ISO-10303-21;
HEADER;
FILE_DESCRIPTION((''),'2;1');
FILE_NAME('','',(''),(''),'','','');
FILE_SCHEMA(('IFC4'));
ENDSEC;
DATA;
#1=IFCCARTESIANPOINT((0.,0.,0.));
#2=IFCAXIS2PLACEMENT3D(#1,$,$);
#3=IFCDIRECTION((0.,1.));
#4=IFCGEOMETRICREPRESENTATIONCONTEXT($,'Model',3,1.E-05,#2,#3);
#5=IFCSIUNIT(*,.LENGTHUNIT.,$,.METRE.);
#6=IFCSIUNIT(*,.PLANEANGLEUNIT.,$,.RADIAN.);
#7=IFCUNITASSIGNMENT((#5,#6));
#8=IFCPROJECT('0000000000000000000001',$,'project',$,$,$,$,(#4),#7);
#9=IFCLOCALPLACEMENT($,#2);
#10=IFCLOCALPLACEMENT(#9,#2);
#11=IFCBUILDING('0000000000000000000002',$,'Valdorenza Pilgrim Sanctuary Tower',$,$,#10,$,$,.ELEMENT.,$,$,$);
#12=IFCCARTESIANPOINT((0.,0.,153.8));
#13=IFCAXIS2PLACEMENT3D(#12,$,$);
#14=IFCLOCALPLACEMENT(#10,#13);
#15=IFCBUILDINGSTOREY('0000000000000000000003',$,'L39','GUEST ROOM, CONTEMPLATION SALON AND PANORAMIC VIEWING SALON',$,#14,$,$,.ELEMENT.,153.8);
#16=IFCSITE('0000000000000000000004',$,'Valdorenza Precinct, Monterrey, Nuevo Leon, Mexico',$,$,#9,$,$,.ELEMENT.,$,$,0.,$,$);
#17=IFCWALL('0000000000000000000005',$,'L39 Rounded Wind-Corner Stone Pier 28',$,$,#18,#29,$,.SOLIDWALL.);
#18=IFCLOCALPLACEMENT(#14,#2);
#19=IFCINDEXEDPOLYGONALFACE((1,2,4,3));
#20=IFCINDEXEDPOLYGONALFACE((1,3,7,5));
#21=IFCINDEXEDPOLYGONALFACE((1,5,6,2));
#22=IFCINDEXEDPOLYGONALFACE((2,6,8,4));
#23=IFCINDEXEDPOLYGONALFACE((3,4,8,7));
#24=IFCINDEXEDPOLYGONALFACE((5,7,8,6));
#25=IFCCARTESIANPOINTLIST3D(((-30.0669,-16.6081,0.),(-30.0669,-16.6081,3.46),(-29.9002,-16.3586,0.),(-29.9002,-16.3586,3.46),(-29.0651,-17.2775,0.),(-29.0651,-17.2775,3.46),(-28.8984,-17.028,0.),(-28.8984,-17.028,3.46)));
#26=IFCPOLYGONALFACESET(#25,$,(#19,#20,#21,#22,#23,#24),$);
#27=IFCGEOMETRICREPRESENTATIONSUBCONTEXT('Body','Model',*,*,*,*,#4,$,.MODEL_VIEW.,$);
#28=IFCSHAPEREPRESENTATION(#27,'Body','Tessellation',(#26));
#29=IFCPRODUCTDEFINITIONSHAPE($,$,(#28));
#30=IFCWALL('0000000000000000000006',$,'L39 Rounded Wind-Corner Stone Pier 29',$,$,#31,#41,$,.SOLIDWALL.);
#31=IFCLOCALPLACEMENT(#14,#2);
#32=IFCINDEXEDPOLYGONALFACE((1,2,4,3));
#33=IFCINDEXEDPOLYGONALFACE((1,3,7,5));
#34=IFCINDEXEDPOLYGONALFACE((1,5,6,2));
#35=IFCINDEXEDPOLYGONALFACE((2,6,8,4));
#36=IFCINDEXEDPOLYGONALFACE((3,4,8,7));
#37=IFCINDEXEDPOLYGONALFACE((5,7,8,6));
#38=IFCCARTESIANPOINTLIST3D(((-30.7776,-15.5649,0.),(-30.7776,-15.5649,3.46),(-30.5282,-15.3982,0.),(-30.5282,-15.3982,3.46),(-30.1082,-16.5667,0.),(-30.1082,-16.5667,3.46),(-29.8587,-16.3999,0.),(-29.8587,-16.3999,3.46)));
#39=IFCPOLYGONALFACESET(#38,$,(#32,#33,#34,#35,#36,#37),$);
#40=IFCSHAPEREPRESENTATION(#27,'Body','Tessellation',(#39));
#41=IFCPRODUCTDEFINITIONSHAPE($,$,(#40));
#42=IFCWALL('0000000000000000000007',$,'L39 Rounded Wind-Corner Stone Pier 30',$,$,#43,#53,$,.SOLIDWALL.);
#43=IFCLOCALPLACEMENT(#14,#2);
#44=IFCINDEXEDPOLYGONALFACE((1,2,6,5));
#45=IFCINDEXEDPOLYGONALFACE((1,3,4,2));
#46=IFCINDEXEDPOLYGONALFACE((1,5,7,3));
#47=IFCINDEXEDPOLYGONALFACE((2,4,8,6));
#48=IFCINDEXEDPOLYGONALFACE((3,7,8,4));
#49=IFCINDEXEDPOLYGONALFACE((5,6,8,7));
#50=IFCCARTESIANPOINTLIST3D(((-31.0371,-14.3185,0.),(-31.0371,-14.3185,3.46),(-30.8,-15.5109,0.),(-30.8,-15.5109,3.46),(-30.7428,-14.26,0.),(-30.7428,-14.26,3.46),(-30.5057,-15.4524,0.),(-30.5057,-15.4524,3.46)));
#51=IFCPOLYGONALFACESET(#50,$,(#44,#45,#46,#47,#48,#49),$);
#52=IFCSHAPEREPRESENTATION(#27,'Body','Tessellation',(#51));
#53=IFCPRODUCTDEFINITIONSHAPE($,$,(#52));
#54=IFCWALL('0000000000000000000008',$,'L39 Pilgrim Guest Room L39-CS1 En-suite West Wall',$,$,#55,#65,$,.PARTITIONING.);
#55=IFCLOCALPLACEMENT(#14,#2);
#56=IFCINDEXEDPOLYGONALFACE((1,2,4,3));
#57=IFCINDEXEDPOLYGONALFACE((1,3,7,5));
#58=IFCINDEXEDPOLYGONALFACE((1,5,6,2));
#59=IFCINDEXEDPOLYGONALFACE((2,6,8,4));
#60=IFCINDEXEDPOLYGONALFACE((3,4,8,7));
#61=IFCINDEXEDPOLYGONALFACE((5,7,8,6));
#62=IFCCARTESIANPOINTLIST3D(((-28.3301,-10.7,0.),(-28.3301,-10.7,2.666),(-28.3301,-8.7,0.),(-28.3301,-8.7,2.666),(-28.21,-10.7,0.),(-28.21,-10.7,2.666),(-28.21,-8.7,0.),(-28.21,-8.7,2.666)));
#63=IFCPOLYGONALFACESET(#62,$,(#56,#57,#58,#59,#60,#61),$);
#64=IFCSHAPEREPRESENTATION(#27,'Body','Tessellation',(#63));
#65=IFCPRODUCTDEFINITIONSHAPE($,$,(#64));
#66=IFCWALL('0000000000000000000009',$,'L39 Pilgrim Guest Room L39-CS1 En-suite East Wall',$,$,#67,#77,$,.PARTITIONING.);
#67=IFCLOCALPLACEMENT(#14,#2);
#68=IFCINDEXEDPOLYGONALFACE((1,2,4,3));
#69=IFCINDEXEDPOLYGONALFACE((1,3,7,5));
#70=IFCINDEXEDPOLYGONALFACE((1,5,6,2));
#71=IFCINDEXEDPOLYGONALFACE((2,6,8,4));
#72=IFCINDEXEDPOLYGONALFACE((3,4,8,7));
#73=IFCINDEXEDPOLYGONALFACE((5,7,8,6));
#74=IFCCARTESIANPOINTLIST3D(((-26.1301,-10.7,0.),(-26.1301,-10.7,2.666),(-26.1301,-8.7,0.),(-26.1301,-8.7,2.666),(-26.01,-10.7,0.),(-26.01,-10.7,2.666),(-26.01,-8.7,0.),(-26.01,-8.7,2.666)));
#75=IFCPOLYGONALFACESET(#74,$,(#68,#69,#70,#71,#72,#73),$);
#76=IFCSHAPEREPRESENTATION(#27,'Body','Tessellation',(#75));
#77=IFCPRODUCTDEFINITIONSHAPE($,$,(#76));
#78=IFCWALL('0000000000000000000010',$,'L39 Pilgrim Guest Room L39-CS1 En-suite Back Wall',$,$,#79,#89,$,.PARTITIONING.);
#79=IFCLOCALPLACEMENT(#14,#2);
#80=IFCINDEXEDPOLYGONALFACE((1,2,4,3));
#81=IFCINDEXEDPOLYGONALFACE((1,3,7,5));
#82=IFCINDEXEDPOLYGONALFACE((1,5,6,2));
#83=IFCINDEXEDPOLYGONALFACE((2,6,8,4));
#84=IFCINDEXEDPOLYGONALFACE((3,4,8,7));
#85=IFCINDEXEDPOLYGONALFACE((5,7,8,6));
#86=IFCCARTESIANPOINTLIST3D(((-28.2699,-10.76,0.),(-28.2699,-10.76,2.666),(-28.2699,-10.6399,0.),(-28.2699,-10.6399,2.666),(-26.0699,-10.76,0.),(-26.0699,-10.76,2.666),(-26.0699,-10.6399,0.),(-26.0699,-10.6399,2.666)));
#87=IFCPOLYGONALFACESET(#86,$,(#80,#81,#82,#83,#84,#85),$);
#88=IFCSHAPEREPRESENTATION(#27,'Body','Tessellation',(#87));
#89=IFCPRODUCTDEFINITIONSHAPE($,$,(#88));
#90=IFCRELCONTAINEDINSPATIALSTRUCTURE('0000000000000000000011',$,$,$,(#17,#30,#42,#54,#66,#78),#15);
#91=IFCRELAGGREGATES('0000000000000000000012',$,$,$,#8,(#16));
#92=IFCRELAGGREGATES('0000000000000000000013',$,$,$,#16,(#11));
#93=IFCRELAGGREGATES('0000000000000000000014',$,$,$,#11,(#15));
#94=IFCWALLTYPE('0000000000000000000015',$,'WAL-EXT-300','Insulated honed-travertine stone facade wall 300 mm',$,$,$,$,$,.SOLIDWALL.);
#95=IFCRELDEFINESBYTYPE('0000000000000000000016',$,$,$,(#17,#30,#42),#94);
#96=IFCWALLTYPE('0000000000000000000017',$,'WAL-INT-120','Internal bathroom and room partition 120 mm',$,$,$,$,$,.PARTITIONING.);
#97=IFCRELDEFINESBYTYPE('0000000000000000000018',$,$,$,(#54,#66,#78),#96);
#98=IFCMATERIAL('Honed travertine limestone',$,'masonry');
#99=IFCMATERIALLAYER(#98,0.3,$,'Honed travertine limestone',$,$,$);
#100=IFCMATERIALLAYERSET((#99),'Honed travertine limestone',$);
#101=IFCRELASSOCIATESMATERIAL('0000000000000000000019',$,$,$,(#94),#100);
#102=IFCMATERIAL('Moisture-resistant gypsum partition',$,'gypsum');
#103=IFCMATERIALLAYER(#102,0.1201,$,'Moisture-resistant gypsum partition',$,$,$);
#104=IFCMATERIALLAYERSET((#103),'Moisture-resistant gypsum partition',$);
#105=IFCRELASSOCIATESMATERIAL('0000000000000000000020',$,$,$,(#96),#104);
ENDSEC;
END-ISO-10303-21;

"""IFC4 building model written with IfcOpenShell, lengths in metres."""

from ifc_helpers import new_model, si_unit, direction, frame, frame_2d, origin, place, context, subcontext, project, spatial, rectangle, extrude, material, layer, layer_set, type_object, element, save


model = new_model("IFC4")

# Units and contexts
model_context = context("Model", 3, precision=1e-05, world=origin(), true_north=direction((0.0, 1.0)))
body_context = subcontext(model_context, "Body", "Model", "MODEL_VIEW")
ifc_project = project(units=[si_unit("LENGTHUNIT", "METRE"), si_unit("PLANEANGLEUNIT", "RADIAN")], contexts=[model_context])

# Site, building, storey
site_placement = place(None, origin())
site = spatial("IfcSite", under=ifc_project, at=site_placement, Name="Valdorenza Precinct, Monterrey, Nuevo Leon, Mexico", CompositionType="ELEMENT", RefElevation=0.0)
building_placement = place(site_placement, origin())
building = spatial("IfcBuilding", under=site, at=building_placement, Name="Valdorenza Pilgrim Sanctuary Tower", CompositionType="ELEMENT")
storey_placement = place(building_placement, frame((0.0, 0.0, 153.8)))
storey = spatial("IfcBuildingStorey", under=building, at=storey_placement, Name="L39", Description="GUEST ROOM, CONTEMPLATION SALON AND PANORAMIC VIEWING SALON", CompositionType="ELEMENT", Elevation=153.8)

# Shared definitions
ifc_material_1 = material(Name="Honed travertine limestone", Category="masonry")

# Walls
ifc_layer_1 = layer(ifc_material_1, 0.3, Name="Honed travertine limestone")
ifc_layer_set_1 = layer_set([ifc_layer_1], Name="Honed travertine limestone")
wall_type_1 = type_object("IfcWallType", Name="WAL-EXT-300", Description="Insulated honed-travertine stone facade wall 300 mm", PredefinedType="SOLIDWALL", material=ifc_layer_set_1)
for number, where, z_axis, x_axis, name in (
    (1, (-28.9817, -17.1528, 0.0), (0.0, 0.0, 1.0), (-0.831426, 0.555635, 0.0), "L39 Rounded Wind-Corner Stone Pier 28"),
    (2, (-29.9834, -16.4834, 0.0), (0.0, 0.0, 1.0), (-0.555635, 0.831426, 0.0), "L39 Rounded Wind-Corner Stone Pier 29"),
):
    element("IfcWall", number, at=place(storey_placement, frame(where, z_axis=z_axis, x_axis=x_axis)), inside=storey, type_object=wall_type_1, Name=name, PredefinedType="SOLIDWALL", context=body_context, shape_type="SweptSolid", body=[
        extrude(rectangle(XDim=1.2048, YDim=0.3, at=frame_2d((0.6025, 0.0))), origin(), (0.0, 0.0, 1.0), 3.46),
    ])
wall_1_placement = place(storey_placement, frame((-30.6528, -15.4817, 0.0), z_axis=(0.0, 0.0, 1.0), x_axis=(-0.194996, 0.980804, 0.0)))
element("IfcWall", 3, at=wall_1_placement, inside=storey, type_object=wall_type_1, Name="L39 Rounded Wind-Corner Stone Pier 30", PredefinedType="SOLIDWALL", context=body_context, shape_type="SweptSolid", body=[
    extrude(rectangle(XDim=1.2158, YDim=0.3, at=frame_2d((0.6079, 0.0))), origin(), (0.0, 0.0, 1.0), 3.46),
])
ifc_material_2 = material(Name="Moisture-resistant gypsum partition", Category="gypsum")
ifc_layer_2 = layer(ifc_material_2, 0.1201, Name="Moisture-resistant gypsum partition")
ifc_layer_set_2 = layer_set([ifc_layer_2], Name="Moisture-resistant gypsum partition")
wall_type_2 = type_object("IfcWallType", Name="WAL-INT-120", Description="Internal bathroom and room partition 120 mm", PredefinedType="PARTITIONING", material=ifc_layer_set_2)
for number, where, z_axis, x_axis, name in (
    (4, (-28.27, -10.7, 0.0), (0.0, 0.0, 1.0), (0.0, 1.0, 0.0), "L39 Pilgrim Guest Room L39-CS1 En-suite West Wall"),
    (5, (-26.0701, -10.7, 0.0), (0.0, 0.0, 1.0), (0.0, 1.0, 0.0), "L39 Pilgrim Guest Room L39-CS1 En-suite East Wall"),
):
    element("IfcWall", number, at=place(storey_placement, frame(where, z_axis=z_axis, x_axis=x_axis)), inside=storey, type_object=wall_type_2, Name=name, PredefinedType="PARTITIONING", context=body_context, shape_type="SweptSolid", body=[
        extrude(rectangle(XDim=2.0, YDim=0.1201, at=frame_2d((1.0, 0.0))), origin(), (0.0, 0.0, 1.0), 2.666),
    ])
wall_2_placement = place(storey_placement, frame((-28.27, -10.7, 0.0), z_axis=(0.0, 0.0, 1.0), x_axis=(1.0, 0.0, 0.0)))
element("IfcWall", 6, at=wall_2_placement, inside=storey, type_object=wall_type_2, Name="L39 Pilgrim Guest Room L39-CS1 En-suite Back Wall", PredefinedType="PARTITIONING", context=body_context, shape_type="SweptSolid", body=[
    extrude(rectangle(XDim=2.2, YDim=0.1201, at=frame_2d((1.1001, 0.0))), origin(), (0.0, 0.0, 1.0), 2.666),
])

save(model, "model.ifc")
